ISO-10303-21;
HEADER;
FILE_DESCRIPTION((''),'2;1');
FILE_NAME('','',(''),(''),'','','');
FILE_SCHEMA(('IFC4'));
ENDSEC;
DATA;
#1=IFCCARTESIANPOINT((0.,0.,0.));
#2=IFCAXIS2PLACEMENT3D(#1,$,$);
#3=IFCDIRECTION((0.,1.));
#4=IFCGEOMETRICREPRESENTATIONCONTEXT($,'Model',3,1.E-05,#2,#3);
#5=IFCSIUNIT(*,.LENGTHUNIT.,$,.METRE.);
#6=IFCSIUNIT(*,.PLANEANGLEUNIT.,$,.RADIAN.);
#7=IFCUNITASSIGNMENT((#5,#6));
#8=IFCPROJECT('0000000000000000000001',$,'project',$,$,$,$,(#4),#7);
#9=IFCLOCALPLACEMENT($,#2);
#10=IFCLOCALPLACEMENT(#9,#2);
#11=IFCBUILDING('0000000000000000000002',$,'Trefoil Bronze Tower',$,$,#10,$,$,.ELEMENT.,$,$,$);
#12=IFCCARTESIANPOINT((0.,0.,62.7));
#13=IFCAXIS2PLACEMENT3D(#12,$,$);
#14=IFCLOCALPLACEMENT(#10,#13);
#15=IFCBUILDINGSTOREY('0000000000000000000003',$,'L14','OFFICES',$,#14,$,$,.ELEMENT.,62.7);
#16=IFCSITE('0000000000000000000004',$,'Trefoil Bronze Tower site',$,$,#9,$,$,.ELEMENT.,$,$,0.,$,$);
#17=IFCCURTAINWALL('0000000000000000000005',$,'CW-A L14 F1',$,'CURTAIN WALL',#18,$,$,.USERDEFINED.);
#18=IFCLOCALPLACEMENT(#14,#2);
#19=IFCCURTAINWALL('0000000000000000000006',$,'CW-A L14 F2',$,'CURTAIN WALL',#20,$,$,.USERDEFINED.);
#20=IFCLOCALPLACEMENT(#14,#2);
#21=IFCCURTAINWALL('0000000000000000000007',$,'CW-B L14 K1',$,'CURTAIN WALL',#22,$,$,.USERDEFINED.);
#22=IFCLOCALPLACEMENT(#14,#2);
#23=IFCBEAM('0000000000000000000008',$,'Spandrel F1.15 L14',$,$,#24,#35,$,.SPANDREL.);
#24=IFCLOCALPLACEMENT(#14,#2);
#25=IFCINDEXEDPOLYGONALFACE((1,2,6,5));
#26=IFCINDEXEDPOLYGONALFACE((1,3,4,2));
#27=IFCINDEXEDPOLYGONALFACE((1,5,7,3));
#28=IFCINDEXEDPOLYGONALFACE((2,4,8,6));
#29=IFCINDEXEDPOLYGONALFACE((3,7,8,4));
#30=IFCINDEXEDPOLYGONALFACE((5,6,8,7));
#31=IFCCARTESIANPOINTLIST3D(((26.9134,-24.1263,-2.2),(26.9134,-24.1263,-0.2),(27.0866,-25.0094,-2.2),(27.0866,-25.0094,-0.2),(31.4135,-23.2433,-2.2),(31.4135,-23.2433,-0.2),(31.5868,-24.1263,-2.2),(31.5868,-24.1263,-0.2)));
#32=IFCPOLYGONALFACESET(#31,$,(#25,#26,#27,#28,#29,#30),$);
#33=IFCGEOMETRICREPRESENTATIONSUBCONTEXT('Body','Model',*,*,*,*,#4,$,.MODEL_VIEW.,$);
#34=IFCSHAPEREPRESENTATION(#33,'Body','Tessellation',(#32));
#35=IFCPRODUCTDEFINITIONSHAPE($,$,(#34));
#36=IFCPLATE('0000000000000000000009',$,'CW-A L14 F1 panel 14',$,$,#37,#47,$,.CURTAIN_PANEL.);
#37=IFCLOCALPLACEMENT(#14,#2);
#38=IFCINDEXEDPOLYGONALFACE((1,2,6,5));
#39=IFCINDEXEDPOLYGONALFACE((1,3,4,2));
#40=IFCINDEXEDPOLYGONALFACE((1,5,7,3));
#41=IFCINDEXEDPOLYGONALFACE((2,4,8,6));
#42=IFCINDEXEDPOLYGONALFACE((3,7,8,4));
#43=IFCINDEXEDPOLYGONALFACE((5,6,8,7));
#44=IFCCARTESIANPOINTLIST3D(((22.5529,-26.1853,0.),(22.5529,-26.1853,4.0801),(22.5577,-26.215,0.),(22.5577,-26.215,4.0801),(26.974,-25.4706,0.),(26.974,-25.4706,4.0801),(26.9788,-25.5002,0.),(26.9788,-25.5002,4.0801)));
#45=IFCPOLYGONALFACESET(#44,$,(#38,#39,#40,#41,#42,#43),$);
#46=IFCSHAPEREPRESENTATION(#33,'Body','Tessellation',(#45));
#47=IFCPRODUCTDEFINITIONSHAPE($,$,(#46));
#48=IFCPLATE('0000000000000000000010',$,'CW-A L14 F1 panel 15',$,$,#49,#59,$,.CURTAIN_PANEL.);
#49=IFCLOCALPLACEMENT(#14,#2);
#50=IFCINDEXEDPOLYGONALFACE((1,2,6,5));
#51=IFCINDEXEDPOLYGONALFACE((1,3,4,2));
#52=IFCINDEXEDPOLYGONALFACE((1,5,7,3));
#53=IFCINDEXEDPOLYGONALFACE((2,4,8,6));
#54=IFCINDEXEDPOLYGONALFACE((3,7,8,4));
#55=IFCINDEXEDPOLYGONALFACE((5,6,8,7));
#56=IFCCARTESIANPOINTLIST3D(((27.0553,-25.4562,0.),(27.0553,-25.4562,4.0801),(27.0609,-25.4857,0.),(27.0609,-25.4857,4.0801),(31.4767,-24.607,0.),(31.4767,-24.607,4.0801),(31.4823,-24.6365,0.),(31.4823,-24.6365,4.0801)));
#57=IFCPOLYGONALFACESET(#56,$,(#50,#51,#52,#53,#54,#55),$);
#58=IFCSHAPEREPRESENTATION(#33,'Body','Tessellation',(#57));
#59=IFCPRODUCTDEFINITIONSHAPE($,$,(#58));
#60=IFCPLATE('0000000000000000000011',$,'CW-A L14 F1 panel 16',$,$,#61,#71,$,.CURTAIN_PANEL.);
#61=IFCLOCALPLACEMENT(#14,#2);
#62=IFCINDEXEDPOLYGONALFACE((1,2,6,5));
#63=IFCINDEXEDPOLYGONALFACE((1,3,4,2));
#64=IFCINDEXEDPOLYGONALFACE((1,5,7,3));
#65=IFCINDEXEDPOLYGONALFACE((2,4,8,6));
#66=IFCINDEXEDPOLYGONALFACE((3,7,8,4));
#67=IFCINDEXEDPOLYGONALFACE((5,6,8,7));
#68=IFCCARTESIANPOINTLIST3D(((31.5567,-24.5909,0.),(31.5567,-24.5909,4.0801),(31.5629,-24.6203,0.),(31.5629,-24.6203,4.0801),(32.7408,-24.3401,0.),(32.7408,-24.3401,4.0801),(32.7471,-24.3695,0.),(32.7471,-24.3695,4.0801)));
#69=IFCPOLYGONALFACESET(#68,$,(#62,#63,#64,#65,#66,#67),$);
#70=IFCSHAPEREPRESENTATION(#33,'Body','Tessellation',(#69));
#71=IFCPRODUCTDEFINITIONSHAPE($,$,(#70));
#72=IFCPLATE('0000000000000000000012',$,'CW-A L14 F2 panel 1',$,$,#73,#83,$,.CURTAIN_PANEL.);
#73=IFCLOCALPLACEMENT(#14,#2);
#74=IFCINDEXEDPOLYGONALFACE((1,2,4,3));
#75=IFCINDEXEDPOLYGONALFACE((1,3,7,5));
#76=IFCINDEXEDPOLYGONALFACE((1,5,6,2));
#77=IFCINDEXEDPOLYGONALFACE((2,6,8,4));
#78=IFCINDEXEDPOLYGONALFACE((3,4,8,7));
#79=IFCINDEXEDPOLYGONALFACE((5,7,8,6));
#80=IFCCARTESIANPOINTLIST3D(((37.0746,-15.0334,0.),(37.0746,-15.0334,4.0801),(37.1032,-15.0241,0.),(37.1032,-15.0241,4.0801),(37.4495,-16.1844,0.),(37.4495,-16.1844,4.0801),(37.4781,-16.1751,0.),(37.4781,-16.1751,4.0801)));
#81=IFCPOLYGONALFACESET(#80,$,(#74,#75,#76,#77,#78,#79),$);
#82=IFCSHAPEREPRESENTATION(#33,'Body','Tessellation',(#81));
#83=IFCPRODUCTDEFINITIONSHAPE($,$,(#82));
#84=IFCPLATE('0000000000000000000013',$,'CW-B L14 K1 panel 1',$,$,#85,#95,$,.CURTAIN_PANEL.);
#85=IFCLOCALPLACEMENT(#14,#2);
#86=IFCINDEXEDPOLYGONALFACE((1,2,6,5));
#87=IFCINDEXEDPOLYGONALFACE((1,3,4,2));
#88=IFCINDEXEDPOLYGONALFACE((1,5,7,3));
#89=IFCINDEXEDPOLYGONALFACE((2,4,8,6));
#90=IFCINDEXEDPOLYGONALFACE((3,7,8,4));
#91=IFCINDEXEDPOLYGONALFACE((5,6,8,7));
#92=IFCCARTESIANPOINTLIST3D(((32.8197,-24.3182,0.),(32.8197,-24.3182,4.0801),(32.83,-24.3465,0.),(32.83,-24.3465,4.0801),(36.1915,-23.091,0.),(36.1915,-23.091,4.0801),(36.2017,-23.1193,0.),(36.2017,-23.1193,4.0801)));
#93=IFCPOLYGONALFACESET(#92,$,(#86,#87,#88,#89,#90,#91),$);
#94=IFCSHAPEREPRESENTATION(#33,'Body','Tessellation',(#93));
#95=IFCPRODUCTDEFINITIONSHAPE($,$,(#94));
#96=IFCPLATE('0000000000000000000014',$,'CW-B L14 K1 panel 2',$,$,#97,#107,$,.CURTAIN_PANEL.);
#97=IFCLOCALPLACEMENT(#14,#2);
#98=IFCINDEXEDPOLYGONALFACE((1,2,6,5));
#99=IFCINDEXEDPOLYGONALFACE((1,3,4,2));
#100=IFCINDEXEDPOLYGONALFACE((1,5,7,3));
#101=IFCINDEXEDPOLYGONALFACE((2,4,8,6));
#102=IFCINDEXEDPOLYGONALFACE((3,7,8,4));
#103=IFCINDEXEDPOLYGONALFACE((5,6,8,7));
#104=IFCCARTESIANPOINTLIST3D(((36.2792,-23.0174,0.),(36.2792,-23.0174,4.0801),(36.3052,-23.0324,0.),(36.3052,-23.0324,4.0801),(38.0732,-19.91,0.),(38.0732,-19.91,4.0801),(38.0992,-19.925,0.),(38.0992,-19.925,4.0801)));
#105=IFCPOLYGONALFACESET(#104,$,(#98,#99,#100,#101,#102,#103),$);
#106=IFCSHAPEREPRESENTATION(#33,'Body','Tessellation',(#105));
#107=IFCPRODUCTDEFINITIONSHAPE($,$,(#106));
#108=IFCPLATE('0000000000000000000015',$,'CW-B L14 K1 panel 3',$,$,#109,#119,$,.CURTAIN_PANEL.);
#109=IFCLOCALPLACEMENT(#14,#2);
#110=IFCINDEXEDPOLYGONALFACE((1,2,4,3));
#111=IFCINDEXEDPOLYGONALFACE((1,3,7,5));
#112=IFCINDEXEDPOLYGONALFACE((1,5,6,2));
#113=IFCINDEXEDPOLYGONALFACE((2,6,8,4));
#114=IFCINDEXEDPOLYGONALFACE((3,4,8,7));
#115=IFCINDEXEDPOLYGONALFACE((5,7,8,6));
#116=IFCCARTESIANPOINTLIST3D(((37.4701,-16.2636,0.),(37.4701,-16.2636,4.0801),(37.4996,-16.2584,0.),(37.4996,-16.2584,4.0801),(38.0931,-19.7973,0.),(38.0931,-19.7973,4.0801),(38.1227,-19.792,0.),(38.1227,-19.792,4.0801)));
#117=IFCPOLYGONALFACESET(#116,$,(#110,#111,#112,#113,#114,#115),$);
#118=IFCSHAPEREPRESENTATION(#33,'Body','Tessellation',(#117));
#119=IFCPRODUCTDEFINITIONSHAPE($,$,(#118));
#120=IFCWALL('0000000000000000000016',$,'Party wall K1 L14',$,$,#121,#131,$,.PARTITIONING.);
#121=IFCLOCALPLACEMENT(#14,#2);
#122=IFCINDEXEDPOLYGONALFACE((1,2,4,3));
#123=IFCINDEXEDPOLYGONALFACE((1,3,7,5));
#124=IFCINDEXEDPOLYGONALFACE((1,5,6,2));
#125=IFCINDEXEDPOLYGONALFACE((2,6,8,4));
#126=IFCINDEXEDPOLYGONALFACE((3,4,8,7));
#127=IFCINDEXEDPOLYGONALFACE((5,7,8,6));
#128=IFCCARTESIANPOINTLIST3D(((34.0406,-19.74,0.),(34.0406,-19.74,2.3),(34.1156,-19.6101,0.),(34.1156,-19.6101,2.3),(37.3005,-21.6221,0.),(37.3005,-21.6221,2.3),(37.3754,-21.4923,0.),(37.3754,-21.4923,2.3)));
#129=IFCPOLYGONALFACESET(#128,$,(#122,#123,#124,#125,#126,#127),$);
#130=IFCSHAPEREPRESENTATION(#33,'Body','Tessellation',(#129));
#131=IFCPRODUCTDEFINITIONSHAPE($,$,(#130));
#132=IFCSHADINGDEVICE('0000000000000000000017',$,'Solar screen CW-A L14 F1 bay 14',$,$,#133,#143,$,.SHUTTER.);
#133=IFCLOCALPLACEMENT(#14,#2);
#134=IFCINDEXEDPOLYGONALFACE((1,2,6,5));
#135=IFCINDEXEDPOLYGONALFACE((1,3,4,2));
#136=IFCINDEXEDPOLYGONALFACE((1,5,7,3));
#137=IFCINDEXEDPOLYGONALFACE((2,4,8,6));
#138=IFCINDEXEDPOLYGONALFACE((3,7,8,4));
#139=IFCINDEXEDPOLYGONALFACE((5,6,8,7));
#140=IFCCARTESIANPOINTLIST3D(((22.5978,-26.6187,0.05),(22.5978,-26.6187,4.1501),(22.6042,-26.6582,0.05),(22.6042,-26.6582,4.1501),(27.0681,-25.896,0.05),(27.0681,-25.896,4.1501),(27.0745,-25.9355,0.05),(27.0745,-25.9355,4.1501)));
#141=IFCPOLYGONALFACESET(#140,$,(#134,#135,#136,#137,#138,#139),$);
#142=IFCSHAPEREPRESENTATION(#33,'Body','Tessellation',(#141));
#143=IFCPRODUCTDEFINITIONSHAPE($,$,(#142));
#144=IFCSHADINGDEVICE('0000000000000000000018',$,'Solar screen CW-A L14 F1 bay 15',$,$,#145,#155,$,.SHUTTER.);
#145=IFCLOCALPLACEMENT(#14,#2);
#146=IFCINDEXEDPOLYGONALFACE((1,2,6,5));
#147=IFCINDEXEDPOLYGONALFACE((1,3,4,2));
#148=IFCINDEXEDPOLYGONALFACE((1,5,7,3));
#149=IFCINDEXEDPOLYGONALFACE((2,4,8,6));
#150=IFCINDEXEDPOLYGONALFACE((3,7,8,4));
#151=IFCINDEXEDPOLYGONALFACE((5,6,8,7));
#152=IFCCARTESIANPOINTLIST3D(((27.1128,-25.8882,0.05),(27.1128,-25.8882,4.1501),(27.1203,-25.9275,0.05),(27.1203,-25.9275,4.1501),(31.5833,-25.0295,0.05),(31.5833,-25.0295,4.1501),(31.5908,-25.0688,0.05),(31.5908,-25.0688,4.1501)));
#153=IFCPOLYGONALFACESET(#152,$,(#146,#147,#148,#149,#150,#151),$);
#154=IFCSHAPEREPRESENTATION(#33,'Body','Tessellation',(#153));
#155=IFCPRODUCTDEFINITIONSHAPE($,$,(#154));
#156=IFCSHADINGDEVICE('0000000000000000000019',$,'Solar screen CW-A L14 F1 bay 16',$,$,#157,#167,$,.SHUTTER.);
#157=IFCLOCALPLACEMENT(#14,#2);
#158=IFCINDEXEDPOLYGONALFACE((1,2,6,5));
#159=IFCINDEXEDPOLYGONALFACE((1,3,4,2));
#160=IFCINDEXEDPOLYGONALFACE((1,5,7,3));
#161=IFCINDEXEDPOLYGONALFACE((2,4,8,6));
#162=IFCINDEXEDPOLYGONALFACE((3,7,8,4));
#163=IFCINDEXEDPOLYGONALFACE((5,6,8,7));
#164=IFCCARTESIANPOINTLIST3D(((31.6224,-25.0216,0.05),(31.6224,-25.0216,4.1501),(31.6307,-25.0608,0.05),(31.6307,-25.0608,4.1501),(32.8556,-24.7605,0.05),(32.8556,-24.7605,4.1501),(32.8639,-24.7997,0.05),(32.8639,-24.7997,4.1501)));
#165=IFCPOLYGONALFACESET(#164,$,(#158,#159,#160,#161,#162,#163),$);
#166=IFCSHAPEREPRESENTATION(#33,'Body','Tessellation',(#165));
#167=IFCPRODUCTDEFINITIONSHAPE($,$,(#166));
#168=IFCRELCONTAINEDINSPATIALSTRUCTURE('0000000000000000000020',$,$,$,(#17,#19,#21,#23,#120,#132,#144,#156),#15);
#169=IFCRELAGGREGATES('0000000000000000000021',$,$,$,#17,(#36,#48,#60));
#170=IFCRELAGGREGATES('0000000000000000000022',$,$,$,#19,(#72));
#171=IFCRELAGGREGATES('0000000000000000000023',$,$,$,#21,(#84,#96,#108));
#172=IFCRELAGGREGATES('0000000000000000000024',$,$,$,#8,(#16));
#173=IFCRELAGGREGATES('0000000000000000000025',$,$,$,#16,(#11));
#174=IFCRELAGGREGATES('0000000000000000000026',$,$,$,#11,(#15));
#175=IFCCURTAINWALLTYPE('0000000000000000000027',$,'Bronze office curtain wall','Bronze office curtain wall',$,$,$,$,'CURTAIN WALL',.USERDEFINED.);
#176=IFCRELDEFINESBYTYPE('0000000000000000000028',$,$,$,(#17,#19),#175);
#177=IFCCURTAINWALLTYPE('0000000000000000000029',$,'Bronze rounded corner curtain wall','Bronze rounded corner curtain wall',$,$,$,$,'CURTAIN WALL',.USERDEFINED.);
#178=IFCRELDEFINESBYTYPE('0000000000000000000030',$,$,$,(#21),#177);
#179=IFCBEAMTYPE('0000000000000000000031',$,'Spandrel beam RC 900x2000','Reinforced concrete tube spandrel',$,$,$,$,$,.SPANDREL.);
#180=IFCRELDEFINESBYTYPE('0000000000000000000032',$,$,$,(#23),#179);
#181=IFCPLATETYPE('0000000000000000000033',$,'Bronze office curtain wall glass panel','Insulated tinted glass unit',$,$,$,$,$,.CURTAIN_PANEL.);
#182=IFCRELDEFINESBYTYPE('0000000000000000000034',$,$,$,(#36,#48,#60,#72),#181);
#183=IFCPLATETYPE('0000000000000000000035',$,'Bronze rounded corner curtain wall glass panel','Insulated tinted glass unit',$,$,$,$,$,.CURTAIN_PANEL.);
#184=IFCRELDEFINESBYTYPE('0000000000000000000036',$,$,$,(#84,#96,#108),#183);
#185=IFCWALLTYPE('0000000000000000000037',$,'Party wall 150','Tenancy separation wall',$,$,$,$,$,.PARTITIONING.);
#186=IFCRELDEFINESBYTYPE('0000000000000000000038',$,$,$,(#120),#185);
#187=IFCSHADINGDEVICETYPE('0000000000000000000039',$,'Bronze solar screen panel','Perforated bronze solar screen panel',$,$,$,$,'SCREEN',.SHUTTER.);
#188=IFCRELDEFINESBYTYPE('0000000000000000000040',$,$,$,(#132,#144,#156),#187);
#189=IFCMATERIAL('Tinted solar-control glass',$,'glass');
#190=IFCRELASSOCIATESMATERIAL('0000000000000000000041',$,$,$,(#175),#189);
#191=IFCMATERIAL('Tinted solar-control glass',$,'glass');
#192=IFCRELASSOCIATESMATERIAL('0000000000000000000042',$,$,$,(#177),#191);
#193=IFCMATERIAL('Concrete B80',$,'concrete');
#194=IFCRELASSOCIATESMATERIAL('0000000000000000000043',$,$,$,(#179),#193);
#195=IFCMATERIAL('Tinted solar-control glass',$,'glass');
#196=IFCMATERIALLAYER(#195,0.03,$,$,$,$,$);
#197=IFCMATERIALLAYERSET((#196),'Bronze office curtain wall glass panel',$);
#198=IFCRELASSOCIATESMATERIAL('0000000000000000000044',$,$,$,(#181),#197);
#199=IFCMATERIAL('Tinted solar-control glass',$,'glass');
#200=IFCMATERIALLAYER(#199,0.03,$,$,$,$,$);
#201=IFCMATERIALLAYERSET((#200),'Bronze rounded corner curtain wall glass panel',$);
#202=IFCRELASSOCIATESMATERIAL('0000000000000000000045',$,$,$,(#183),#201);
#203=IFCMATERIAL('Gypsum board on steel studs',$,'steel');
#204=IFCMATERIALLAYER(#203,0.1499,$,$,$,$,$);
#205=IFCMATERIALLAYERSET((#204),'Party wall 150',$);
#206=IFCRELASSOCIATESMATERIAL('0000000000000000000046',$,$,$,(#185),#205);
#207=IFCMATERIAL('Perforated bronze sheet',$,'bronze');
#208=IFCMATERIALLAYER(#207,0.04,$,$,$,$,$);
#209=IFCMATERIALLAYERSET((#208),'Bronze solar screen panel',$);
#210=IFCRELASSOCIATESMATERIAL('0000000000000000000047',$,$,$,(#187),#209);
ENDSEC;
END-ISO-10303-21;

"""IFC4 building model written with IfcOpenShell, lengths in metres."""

from ifc_helpers import new_model, si_unit, direction, frame, frame_2d, origin, origin_2d, place, context, subcontext, project, spatial, rectangle, extrude, material, layer, layer_set, material_profile, profile_set, type_object, element, aggregate, save


model = new_model("IFC4")

# Units and contexts
model_context = context("Model", 3, precision=1e-05, world=origin(), true_north=direction((0.0, 1.0)))
body_context = subcontext(model_context, "Body", "Model", "MODEL_VIEW")
ifc_project = project(units=[si_unit("LENGTHUNIT", "METRE"), si_unit("PLANEANGLEUNIT", "RADIAN")], contexts=[model_context])

# Site, building, storey
site_placement = place(None, origin())
site = spatial("IfcSite", under=ifc_project, at=site_placement, Name="Trefoil Bronze Tower site", CompositionType="ELEMENT", RefElevation=0.0)
building_placement = place(site_placement, origin())
building = spatial("IfcBuilding", under=site, at=building_placement, Name="Trefoil Bronze Tower", CompositionType="ELEMENT")
storey_placement = place(building_placement, frame((0.0, 0.0, 62.7)))
storey = spatial("IfcBuildingStorey", under=building, at=storey_placement, Name="L14", Description="OFFICES", CompositionType="ELEMENT", Elevation=62.7)

# Curtain wall
ifc_material_1 = material(Name="Tinted solar-control glass", Category="glass")
curtain_wall_type_1 = type_object("IfcCurtainWallType", Name="Bronze office curtain wall", Description="Bronze office curtain wall", ElementType="CURTAIN WALL", PredefinedType="USERDEFINED", material=ifc_material_1)
curtain_wall_1_placement = place(storey_placement, origin())
curtain_wall_1 = element("IfcCurtainWall", 1, at=curtain_wall_1_placement, inside=storey, type_object=curtain_wall_type_1, Name="CW-A L14 F1", ObjectType="CURTAIN WALL", PredefinedType="USERDEFINED")

# Curtain wall
curtain_wall_2_placement = place(storey_placement, origin())
curtain_wall_2 = element("IfcCurtainWall", 2, at=curtain_wall_2_placement, inside=storey, type_object=curtain_wall_type_1, Name="CW-A L14 F2", ObjectType="CURTAIN WALL", PredefinedType="USERDEFINED")

# Curtain wall
ifc_material_2 = material(Name="Tinted solar-control glass", Category="glass")
curtain_wall_type_2 = type_object("IfcCurtainWallType", Name="Bronze rounded corner curtain wall", Description="Bronze rounded corner curtain wall", ElementType="CURTAIN WALL", PredefinedType="USERDEFINED", material=ifc_material_2)
curtain_wall_3_placement = place(storey_placement, origin())
curtain_wall_3 = element("IfcCurtainWall", 3, at=curtain_wall_3_placement, inside=storey, type_object=curtain_wall_type_2, Name="CW-B L14 K1", ObjectType="CURTAIN WALL", PredefinedType="USERDEFINED")

# Beam
ifc_material_3 = material(Name="Concrete B80", Category="concrete")
ifc_material_profile_1 = material_profile(ifc_material_3, rectangle(XDim=0.8999, YDim=2.0, at=origin_2d()), Name="RC 900x2000")
ifc_profile_set_1 = profile_set([ifc_material_profile_1], Name="Concrete B80")
beam_type_1 = type_object("IfcBeamType", Name="Spandrel beam RC 900x2000", Description="Reinforced concrete tube spandrel", PredefinedType="SPANDREL", material=ifc_profile_set_1)
beam_1_placement = place(storey_placement, frame((27.0, -24.5679, -1.2), z_axis=(0.981285, 0.192562, 0.0), x_axis=(-0.192562, 0.981285, 0.0)))
element("IfcBeam", 4, at=beam_1_placement, inside=storey, type_object=beam_type_1, Name="Spandrel F1.15 L14", PredefinedType="SPANDREL", context=body_context, shape_type="SweptSolid", body=[
    extrude(rectangle(XDim=0.8999, YDim=2.0, at=origin_2d()), origin(), (0.0, 0.0, 1.0), 4.5859),
])

# Plates
ifc_material_4 = material(Name="Tinted solar-control glass", Category="glass")
ifc_layer_1 = layer(ifc_material_4, 0.03)
ifc_layer_set_1 = layer_set([ifc_layer_1], Name="Bronze office curtain wall glass panel")
plate_type_1 = type_object("IfcPlateType", Name="Bronze office curtain wall glass panel", Description="Insulated tinted glass unit", PredefinedType="CURTAIN_PANEL", material=ifc_layer_set_1)
plate_1_placement = place(storey_placement, frame((24.7659, -25.8428, 0.0), z_axis=(0.0, 0.0, 1.0), x_axis=(0.987181, 0.159603, 0.0)))
plate_1 = element("IfcPlate", 5, at=plate_1_placement, type_object=plate_type_1, Name="CW-A L14 F1 panel 14", PredefinedType="CURTAIN_PANEL", context=body_context, shape_type="SweptSolid", body=[
    extrude(rectangle(XDim=4.4785, YDim=0.03, at=origin_2d()), origin(), (0.0, 0.0, 1.0), 4.0801),
])
plate_2_placement = place(storey_placement, frame((29.2688, -25.0464, 0.0), z_axis=(0.0, 0.0, 1.0), x_axis=(0.98205, 0.188622, 0.0)))
plate_2 = element("IfcPlate", 6, at=plate_2_placement, type_object=plate_type_1, Name="CW-A L14 F1 panel 15", PredefinedType="CURTAIN_PANEL", context=body_context, shape_type="SweptSolid", body=[
    extrude(rectangle(XDim=4.5022, YDim=0.03, at=origin_2d()), origin(), (0.0, 0.0, 1.0), 4.0801),
])
plate_3_placement = place(storey_placement, frame((32.1519, -24.4802, 0.0), z_axis=(0.0, 0.0, 1.0), x_axis=(0.978303, 0.207181, 0.0)))
plate_3 = element("IfcPlate", 7, at=plate_3_placement, type_object=plate_type_1, Name="CW-A L14 F1 panel 16", PredefinedType="CURTAIN_PANEL", context=body_context, shape_type="SweptSolid", body=[
    extrude(rectangle(XDim=1.2104, YDim=0.03, at=origin_2d()), origin(), (0.0, 0.0, 1.0), 4.0801),
])
aggregate(curtain_wall_1, [plate_1, plate_2, plate_3])
plate_4_placement = place(storey_placement, frame((37.2764, -15.6042, 0.0), z_axis=(0.0, 0.0, 1.0), x_axis=(-0.309728, 0.950825, 0.0)))
plate_4 = element("IfcPlate", 8, at=plate_4_placement, type_object=plate_type_1, Name="CW-A L14 F2 panel 1", PredefinedType="CURTAIN_PANEL", context=body_context, shape_type="SweptSolid", body=[
    extrude(rectangle(XDim=1.2104, YDim=0.03, at=origin_2d()), origin(), (0.0, 0.0, 1.0), 4.0801),
])
aggregate(curtain_wall_2, [plate_4])
ifc_material_5 = material(Name="Tinted solar-control glass", Category="glass")
ifc_layer_2 = layer(ifc_material_5, 0.03)
ifc_layer_set_2 = layer_set([ifc_layer_2], Name="Bronze rounded corner curtain wall glass panel")
plate_type_2 = type_object("IfcPlateType", Name="Bronze rounded corner curtain wall glass panel", Description="Insulated tinted glass unit", PredefinedType="CURTAIN_PANEL", material=ifc_layer_set_2)
plate_5_placement = place(storey_placement, frame((34.5107, -23.7188, 0.0), z_axis=(0.0, 0.0, 1.0), x_axis=(0.939693, 0.34202, 0.0)))
plate_5 = element("IfcPlate", 9, at=plate_5_placement, type_object=plate_type_2, Name="CW-B L14 K1 panel 1", PredefinedType="CURTAIN_PANEL", context=body_context, shape_type="SweptSolid", body=[
    extrude(rectangle(XDim=3.5881, YDim=0.03, at=origin_2d()), origin(), (0.0, 0.0, 1.0), 4.0801),
])
plate_6_placement = place(storey_placement, frame((37.1892, -21.4712, 0.0), z_axis=(0.0, 0.0, 1.0), x_axis=(0.5, 0.866025, 0.0)))
plate_6 = element("IfcPlate", 10, at=plate_6_placement, type_object=plate_type_2, Name="CW-B L14 K1 panel 2", PredefinedType="CURTAIN_PANEL", context=body_context, shape_type="SweptSolid", body=[
    extrude(rectangle(XDim=3.5881, YDim=0.03, at=origin_2d()), origin(), (0.0, 0.0, 1.0), 4.0801),
])
plate_7_placement = place(storey_placement, frame((37.7964, -18.0278, 0.0), z_axis=(0.0, 0.0, 1.0), x_axis=(-0.173648, 0.984808, 0.0)))
plate_7 = element("IfcPlate", 11, at=plate_7_placement, type_object=plate_type_2, Name="CW-B L14 K1 panel 3", PredefinedType="CURTAIN_PANEL", context=body_context, shape_type="SweptSolid", body=[
    extrude(rectangle(XDim=3.5881, YDim=0.03, at=origin_2d()), origin(), (0.0, 0.0, 1.0), 4.0801),
])
aggregate(curtain_wall_3, [plate_5, plate_6, plate_7])

# Wall
ifc_material_6 = material(Name="Gypsum board on steel studs", Category="steel")
ifc_layer_3 = layer(ifc_material_6, 0.1499)
ifc_layer_set_3 = layer_set([ifc_layer_3], Name="Party wall 150")
wall_type = type_object("IfcWallType", Name="Party wall 150", Description="Tenancy separation wall", PredefinedType="PARTITIONING", material=ifc_layer_set_3)
wall_placement = place(storey_placement, frame((34.0781, -19.675, 0.0), z_axis=(0.0, 0.0, 1.0), x_axis=(0.866019, -0.500011, 0.0)))
element("IfcWall", 12, at=wall_placement, inside=storey, type_object=wall_type, Name="Party wall K1 L14", PredefinedType="PARTITIONING", context=body_context, shape_type="SweptSolid", body=[
    extrude(rectangle(XDim=3.7642, YDim=0.1499, at=frame_2d((1.8821, 0.0))), origin(), (0.0, 0.0, 1.0), 2.3),
])

# Shading devices
ifc_material_7 = material(Name="Perforated bronze sheet", Category="bronze")
ifc_layer_4 = layer(ifc_material_7, 0.04)
ifc_layer_set_4 = layer_set([ifc_layer_4], Name="Bronze solar screen panel")
shading_device_type = type_object("IfcShadingDeviceType", Name="Bronze solar screen panel", Description="Perforated bronze solar screen panel", ElementType="SCREEN", PredefinedType="SHUTTER", material=ifc_layer_set_4)
shading_device_1_placement = place(storey_placement, frame((24.8362, -26.2771, 0.05), z_axis=(0.0, 0.0, 1.0), x_axis=(0.987181, 0.159603, 0.0)))
element("IfcShadingDevice", 13, at=shading_device_1_placement, inside=storey, type_object=shading_device_type, Name="Solar screen CW-A L14 F1 bay 14", PredefinedType="SHUTTER", context=body_context, shape_type="SweptSolid", body=[
    extrude(rectangle(XDim=4.5283, YDim=0.04, at=origin_2d()), origin(), (0.0, 0.0, 1.0), 4.1001),
])
shading_device_2_placement = place(storey_placement, frame((29.3518, -25.4785, 0.05), z_axis=(0.0, 0.0, 1.0), x_axis=(0.98205, 0.188622, 0.0)))
element("IfcShadingDevice", 14, at=shading_device_2_placement, inside=storey, type_object=shading_device_type, Name="Solar screen CW-A L14 F1 bay 15", PredefinedType="SHUTTER", context=body_context, shape_type="SweptSolid", body=[
    extrude(rectangle(XDim=4.5522, YDim=0.04, at=origin_2d()), origin(), (0.0, 0.0, 1.0), 4.1001),
])
shading_device_3_placement = place(storey_placement, frame((32.2432, -24.9106, 0.05), z_axis=(0.0, 0.0, 1.0), x_axis=(0.978303, 0.207181, 0.0)))
element("IfcShadingDevice", 15, at=shading_device_3_placement, inside=storey, type_object=shading_device_type, Name="Solar screen CW-A L14 F1 bay 16", PredefinedType="SHUTTER", context=body_context, shape_type="SweptSolid", body=[
    extrude(rectangle(XDim=1.2605, YDim=0.04, at=origin_2d()), origin(), (0.0, 0.0, 1.0), 4.1001),
])

save(model, "model.ifc")
